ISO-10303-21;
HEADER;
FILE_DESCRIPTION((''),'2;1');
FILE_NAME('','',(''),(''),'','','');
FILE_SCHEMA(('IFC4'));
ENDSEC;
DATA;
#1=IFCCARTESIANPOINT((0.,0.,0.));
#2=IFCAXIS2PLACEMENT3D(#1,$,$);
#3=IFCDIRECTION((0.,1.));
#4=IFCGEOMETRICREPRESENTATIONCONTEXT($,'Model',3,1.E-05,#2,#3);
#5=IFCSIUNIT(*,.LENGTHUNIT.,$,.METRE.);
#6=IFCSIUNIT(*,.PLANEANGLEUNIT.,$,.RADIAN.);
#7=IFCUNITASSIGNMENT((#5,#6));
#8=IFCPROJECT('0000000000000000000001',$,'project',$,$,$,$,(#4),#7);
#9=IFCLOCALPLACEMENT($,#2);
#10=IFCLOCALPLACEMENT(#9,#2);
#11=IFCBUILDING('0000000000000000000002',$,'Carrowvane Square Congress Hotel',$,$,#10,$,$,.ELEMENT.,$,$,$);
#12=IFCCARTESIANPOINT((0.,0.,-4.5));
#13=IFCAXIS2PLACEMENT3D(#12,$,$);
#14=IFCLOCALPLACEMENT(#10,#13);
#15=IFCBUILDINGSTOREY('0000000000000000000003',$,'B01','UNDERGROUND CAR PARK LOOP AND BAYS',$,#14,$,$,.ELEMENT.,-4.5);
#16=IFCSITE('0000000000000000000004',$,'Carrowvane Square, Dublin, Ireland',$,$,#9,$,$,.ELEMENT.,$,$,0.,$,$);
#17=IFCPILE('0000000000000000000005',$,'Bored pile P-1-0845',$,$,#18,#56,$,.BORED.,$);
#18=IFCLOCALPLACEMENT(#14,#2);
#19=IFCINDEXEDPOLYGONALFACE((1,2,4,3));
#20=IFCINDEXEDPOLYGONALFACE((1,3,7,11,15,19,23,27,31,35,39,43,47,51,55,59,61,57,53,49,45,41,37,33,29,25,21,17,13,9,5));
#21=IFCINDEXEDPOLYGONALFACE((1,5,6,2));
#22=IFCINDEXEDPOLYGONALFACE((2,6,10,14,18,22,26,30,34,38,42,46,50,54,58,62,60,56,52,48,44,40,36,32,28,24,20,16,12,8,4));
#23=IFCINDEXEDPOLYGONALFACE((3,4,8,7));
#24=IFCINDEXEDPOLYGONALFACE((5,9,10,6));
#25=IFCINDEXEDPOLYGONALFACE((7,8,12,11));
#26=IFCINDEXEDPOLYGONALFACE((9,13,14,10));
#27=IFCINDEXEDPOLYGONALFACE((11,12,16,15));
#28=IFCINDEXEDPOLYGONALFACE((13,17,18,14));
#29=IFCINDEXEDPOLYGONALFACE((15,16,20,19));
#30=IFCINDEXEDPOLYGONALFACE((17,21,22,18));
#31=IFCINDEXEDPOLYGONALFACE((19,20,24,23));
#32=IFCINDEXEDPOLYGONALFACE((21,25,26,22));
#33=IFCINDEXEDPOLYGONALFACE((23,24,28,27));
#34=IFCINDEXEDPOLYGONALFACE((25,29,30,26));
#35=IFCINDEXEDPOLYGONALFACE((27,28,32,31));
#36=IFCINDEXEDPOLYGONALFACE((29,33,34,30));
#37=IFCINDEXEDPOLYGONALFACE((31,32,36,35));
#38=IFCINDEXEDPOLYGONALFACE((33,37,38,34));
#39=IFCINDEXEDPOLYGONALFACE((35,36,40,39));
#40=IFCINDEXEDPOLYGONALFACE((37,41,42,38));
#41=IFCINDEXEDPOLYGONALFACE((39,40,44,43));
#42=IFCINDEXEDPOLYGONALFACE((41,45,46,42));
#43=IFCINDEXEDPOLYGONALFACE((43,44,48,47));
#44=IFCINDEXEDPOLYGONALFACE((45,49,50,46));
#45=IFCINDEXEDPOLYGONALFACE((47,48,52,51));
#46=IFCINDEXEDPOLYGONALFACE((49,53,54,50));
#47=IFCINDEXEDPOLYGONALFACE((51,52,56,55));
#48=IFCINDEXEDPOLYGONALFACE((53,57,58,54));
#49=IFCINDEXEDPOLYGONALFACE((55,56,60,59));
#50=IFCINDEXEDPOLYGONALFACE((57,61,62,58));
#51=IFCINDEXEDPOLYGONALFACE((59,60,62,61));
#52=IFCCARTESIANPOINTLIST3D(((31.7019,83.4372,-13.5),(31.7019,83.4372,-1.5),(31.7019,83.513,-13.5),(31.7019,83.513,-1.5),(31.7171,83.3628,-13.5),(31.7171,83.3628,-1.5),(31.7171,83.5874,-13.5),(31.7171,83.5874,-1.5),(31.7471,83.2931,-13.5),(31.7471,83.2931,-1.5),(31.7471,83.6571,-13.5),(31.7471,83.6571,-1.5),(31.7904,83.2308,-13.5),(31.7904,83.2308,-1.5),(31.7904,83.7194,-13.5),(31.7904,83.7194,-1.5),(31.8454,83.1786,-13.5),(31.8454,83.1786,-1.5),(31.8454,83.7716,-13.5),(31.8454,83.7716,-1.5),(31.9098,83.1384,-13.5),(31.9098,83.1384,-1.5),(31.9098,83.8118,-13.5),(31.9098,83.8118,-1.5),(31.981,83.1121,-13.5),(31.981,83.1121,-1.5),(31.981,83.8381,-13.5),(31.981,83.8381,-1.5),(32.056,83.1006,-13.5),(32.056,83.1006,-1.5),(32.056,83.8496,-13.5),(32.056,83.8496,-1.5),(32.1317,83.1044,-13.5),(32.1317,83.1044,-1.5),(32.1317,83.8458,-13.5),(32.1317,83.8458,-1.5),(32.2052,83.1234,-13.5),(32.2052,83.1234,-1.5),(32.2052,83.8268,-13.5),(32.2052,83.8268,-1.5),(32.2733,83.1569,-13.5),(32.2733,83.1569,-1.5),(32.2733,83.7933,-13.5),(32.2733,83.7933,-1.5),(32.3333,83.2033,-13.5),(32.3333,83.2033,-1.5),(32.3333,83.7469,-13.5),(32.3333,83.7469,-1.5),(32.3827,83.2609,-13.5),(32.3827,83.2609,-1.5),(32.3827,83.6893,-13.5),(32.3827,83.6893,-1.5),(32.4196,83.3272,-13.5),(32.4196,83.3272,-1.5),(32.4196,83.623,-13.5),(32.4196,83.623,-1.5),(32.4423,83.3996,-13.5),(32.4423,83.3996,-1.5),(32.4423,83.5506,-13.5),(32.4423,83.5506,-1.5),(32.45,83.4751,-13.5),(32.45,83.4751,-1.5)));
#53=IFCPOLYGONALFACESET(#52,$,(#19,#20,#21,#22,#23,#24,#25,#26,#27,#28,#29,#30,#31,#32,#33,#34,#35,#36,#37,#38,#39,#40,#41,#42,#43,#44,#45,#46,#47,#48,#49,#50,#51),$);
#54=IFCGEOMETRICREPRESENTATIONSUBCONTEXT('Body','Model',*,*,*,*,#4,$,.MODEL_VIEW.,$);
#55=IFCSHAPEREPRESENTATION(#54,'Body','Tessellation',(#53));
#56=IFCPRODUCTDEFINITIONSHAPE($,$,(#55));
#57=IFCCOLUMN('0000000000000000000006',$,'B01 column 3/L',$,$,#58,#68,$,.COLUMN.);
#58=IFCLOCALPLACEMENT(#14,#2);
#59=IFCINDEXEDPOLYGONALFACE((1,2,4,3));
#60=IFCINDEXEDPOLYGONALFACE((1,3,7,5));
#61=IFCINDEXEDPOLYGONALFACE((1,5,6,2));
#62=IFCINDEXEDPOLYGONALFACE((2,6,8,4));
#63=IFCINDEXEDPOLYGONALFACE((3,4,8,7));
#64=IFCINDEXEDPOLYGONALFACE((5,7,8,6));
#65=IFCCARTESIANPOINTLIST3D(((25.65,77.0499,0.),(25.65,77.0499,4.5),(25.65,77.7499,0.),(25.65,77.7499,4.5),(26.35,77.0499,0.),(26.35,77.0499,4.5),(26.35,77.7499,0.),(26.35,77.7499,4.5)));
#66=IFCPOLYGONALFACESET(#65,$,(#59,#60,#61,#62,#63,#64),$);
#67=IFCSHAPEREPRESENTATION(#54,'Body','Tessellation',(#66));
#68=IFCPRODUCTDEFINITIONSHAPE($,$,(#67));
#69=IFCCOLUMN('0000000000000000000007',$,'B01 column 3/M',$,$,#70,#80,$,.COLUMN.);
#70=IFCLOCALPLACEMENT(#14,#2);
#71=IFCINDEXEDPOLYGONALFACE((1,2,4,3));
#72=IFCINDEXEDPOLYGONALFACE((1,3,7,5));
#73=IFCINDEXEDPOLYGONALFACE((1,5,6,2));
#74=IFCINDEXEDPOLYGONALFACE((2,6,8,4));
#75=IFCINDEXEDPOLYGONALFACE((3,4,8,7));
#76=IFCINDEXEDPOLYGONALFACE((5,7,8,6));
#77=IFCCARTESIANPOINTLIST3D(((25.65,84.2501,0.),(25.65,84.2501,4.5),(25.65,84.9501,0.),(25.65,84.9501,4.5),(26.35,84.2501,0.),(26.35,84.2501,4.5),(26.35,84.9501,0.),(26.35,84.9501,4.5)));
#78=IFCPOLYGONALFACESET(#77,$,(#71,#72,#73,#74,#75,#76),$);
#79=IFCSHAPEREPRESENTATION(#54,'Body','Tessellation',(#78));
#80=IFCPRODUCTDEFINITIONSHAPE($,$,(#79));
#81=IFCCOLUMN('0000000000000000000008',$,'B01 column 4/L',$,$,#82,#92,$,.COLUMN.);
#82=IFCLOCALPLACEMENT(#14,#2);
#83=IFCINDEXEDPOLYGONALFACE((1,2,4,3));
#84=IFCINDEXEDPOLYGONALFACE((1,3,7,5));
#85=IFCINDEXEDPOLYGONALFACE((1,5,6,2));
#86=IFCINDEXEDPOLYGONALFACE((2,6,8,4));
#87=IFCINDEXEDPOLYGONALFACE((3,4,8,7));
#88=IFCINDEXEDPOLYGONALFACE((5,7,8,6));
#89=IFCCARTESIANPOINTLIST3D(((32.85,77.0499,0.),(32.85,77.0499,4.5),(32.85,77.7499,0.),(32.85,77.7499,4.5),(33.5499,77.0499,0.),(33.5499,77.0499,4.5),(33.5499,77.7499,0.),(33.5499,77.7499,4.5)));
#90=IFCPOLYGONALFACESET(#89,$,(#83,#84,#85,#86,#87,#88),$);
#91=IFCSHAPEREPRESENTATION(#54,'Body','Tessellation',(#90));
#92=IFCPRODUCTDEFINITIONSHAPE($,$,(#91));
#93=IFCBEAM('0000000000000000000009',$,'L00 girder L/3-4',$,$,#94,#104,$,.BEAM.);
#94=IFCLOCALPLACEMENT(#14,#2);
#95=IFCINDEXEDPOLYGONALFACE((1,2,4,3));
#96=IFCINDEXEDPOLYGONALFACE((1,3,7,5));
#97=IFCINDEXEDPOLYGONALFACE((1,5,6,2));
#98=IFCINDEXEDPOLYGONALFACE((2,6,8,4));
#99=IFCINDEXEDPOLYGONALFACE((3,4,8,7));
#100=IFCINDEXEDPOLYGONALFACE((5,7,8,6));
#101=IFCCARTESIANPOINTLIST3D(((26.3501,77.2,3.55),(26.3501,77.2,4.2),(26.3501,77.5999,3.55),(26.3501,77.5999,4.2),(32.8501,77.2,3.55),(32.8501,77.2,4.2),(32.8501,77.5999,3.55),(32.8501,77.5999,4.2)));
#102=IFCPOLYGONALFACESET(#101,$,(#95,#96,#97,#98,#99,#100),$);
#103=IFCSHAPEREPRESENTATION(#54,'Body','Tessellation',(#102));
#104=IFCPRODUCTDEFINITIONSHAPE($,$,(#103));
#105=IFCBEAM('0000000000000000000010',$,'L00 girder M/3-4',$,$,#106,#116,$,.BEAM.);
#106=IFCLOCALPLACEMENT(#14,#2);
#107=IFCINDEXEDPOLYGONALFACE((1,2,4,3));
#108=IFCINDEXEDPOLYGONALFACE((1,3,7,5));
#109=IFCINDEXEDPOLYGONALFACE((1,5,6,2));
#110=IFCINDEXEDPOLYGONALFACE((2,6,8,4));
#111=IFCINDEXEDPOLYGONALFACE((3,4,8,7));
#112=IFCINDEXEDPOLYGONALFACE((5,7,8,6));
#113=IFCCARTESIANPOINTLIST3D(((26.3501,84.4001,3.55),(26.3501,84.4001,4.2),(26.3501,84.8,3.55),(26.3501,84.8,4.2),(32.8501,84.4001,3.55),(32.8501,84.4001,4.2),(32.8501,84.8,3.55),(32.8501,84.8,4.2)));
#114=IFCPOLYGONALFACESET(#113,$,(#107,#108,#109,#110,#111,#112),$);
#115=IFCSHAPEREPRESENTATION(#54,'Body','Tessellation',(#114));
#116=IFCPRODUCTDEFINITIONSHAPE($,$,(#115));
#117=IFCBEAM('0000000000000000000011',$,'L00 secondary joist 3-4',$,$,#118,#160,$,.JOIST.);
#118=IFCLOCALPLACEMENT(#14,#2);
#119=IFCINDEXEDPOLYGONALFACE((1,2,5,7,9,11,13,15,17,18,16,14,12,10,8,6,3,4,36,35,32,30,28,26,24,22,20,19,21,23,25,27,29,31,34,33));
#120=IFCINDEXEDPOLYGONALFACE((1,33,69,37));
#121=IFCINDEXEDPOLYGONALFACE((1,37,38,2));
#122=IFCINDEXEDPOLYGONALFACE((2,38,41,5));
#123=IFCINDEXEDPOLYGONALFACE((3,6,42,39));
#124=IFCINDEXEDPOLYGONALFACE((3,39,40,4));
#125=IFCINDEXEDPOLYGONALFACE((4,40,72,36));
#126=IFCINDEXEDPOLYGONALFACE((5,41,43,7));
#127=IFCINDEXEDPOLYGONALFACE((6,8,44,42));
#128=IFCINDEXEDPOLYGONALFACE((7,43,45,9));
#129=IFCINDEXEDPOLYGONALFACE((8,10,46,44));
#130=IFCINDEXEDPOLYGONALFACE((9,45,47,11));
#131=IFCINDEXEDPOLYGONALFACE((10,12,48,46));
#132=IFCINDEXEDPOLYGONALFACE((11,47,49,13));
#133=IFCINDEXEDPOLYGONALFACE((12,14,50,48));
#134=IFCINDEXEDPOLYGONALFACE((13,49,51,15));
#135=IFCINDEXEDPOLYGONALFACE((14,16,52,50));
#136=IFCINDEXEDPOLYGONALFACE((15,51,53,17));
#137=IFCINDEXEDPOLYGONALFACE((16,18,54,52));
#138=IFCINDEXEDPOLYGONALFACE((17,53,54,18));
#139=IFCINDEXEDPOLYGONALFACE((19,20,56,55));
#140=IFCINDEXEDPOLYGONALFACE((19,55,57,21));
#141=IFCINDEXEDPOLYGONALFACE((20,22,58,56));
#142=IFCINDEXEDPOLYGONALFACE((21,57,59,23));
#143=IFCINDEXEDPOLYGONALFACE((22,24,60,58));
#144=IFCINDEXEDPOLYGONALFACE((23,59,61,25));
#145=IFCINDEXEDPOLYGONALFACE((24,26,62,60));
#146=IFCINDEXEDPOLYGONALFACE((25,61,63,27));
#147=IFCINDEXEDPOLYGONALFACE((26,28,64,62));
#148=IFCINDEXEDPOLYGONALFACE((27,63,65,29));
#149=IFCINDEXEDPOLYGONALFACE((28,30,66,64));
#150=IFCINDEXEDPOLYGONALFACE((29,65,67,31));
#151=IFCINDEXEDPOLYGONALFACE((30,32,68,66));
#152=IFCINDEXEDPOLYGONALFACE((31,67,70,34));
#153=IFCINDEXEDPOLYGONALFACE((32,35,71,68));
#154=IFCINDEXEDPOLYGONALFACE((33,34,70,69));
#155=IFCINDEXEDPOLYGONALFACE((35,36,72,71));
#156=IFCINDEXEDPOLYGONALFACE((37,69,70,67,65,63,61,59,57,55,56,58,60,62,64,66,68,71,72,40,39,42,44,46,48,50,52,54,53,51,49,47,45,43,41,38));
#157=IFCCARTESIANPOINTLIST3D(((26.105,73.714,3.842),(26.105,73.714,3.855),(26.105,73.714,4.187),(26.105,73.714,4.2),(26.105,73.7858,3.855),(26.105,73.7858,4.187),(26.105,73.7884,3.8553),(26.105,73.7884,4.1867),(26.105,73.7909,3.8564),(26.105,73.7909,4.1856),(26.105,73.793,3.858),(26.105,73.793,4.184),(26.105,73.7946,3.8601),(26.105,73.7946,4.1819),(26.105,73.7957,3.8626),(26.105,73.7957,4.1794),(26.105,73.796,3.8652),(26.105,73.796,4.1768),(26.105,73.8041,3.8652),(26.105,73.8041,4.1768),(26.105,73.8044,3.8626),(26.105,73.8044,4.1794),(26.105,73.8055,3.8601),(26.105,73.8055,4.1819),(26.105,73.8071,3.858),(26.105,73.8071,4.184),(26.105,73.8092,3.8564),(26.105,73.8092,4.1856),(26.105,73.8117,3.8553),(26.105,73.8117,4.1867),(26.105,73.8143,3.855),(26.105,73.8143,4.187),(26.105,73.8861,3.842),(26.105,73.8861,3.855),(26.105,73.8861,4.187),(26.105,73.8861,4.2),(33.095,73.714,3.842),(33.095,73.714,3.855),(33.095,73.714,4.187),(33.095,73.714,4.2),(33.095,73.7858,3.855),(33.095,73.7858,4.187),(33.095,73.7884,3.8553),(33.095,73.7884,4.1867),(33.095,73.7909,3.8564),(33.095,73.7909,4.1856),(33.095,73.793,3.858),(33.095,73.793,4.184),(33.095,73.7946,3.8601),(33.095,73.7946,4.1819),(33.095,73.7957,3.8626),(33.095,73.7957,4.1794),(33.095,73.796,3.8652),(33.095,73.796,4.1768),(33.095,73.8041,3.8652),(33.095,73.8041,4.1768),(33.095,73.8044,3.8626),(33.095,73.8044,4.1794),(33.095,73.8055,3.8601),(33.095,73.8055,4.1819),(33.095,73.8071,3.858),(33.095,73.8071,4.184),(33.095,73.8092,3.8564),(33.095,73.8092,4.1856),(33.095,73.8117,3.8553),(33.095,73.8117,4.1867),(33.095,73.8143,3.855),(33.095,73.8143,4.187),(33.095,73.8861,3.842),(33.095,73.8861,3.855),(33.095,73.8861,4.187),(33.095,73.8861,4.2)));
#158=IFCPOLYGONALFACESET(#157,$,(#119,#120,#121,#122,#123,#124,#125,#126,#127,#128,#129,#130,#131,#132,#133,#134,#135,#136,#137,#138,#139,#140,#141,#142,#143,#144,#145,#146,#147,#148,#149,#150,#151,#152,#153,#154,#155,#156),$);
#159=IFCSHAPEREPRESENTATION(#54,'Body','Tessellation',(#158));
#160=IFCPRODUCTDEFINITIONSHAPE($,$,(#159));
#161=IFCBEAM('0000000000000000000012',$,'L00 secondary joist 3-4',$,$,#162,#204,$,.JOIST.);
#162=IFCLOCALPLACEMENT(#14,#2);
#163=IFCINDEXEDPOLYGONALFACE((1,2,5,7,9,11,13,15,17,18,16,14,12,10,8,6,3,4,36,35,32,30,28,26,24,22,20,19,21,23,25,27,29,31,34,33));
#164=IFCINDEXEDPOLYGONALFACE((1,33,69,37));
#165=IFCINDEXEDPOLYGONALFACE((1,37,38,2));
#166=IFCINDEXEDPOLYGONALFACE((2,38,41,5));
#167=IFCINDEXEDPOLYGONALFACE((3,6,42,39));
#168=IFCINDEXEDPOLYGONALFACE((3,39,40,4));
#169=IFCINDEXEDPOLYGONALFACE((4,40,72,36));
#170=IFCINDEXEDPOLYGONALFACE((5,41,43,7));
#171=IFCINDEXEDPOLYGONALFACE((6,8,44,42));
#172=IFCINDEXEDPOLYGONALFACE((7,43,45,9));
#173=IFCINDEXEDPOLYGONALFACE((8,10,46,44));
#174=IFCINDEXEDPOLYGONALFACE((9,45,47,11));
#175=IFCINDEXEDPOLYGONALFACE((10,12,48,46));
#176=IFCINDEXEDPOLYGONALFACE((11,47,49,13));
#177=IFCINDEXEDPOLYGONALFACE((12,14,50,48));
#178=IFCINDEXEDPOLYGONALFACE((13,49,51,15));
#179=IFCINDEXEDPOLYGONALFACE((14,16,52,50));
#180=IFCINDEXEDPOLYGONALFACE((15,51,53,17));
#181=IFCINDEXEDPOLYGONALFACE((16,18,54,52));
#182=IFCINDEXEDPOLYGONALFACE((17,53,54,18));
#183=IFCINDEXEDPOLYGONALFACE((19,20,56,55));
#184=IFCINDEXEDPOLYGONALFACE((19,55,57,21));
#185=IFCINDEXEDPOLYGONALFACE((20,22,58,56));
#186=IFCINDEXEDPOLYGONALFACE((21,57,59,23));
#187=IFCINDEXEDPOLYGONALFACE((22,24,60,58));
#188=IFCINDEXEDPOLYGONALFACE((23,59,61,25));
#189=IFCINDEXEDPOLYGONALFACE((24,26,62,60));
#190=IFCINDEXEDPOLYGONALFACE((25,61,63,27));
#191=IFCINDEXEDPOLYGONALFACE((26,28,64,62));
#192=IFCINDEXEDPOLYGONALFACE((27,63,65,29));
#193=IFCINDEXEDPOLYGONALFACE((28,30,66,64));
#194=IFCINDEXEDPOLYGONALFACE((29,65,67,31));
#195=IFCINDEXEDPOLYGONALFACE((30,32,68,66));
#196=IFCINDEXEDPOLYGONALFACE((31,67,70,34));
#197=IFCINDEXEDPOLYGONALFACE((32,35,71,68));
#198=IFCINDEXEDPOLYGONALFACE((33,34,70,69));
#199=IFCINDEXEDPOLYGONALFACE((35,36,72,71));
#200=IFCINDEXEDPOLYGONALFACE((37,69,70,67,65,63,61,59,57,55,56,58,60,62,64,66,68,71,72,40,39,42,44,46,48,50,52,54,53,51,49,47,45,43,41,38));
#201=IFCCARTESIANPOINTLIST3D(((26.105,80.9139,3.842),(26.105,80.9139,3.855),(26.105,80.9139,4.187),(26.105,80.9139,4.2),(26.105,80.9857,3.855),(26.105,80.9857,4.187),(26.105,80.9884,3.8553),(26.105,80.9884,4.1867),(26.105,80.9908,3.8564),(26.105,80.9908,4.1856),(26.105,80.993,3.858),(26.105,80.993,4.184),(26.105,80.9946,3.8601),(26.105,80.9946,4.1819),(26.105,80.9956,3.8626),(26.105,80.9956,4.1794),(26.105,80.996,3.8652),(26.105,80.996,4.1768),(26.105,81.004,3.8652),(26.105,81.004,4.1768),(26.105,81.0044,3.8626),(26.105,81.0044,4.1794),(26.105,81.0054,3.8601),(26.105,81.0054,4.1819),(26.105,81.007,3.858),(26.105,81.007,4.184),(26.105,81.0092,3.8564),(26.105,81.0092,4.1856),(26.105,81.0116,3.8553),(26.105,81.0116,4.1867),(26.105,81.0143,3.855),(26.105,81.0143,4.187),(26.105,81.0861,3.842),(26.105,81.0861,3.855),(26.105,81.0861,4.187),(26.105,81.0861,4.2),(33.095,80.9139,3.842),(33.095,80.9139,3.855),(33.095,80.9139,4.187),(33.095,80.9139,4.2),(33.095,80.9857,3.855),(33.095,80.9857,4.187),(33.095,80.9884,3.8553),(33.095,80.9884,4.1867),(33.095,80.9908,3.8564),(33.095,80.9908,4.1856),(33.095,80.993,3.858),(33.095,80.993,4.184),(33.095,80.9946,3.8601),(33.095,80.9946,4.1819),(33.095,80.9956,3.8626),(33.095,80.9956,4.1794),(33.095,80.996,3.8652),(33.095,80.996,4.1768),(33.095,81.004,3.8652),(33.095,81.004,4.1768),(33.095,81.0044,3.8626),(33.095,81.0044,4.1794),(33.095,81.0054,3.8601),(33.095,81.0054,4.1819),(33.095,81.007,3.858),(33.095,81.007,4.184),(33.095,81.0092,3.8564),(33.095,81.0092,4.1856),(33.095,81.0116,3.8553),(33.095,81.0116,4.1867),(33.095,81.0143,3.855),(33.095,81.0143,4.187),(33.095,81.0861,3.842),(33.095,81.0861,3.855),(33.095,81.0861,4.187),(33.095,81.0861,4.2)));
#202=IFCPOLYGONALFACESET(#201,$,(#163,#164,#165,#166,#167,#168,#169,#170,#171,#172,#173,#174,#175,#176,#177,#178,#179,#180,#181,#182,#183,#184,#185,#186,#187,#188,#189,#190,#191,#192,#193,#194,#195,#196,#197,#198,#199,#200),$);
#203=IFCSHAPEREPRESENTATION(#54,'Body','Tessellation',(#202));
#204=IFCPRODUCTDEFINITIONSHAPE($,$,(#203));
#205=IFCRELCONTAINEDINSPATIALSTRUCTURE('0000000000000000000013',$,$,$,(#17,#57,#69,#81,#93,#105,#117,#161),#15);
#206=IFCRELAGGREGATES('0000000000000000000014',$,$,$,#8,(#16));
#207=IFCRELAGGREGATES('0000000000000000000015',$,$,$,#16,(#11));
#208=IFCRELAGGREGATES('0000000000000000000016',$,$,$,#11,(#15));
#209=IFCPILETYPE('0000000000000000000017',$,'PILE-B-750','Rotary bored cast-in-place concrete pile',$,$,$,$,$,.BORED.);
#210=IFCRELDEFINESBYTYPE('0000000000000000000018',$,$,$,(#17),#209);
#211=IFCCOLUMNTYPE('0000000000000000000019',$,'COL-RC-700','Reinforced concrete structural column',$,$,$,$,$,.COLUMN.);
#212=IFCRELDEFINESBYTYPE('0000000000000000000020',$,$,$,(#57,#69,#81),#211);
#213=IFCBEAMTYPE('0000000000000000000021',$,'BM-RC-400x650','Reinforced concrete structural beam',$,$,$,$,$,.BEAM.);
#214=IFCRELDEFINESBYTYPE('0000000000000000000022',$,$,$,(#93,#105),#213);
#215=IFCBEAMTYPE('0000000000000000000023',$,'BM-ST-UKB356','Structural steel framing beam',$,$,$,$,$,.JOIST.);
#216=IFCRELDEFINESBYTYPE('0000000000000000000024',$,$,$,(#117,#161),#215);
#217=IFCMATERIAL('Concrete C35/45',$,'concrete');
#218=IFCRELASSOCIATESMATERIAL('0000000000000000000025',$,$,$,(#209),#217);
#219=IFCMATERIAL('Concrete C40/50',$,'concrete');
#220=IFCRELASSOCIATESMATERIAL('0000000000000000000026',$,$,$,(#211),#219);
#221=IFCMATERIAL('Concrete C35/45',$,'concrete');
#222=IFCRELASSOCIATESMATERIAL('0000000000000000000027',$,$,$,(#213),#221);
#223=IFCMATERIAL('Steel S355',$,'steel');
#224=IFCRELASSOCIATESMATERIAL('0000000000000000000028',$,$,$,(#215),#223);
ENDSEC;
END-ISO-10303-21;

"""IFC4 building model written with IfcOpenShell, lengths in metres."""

from ifc_helpers import new_model, si_unit, direction, frame, origin, origin_2d, place, context, subcontext, project, spatial, rectangle, circle, i_section, extrude, material, material_profile, profile_set, type_object, element, save


model = new_model("IFC4")

# Units and contexts
model_context = context("Model", 3, precision=1e-05, world=origin(), true_north=direction((0.0, 1.0)))
body_context = subcontext(model_context, "Body", "Model", "MODEL_VIEW")
ifc_project = project(units=[si_unit("LENGTHUNIT", "METRE"), si_unit("PLANEANGLEUNIT", "RADIAN")], contexts=[model_context])

# Site, building, storey
site_placement = place(None, origin())
site = spatial("IfcSite", under=ifc_project, at=site_placement, Name="Carrowvane Square, Dublin, Ireland", CompositionType="ELEMENT", RefElevation=0.0)
building_placement = place(site_placement, origin())
building = spatial("IfcBuilding", under=site, at=building_placement, Name="Carrowvane Square Congress Hotel", CompositionType="ELEMENT")
storey_placement = place(building_placement, frame((0.0, 0.0, -4.5)))
storey = spatial("IfcBuildingStorey", under=building, at=storey_placement, Name="B01", Description="UNDERGROUND CAR PARK LOOP AND BAYS", CompositionType="ELEMENT", Elevation=-4.5)

# Pile
ifc_material_1 = material(Name="Concrete C35/45", Category="concrete")
ifc_material_profile_1 = material_profile(ifc_material_1, circle(Radius=0.375, at=origin_2d()), Name="PILE D750")
ifc_profile_set_1 = profile_set([ifc_material_profile_1], Name="Concrete C35/45")
pile_type = type_object("IfcPileType", Name="PILE-B-750", Description="Rotary bored cast-in-place concrete pile", PredefinedType="BORED", material=ifc_profile_set_1)
for number, where, z_axis, x_axis, name in (
    (1, (32.075, 83.4751, -1.5), (0.0, 0.0, -1.0), (1.0, 0.0, 0.0), "Bored pile P-1-0845"),
):
    element("IfcPile", number, at=place(storey_placement, frame(where, z_axis=z_axis, x_axis=x_axis)), inside=storey, type_object=pile_type, Name=name, PredefinedType="BORED", context=body_context, shape_type="SweptSolid", body=[
        extrude(circle(Radius=0.375, at=origin_2d()), origin(), (0.0, 0.0, 1.0), 12.0),
    ])

# Columns
ifc_material_2 = material(Name="Concrete C40/50", Category="concrete")
ifc_material_profile_2 = material_profile(ifc_material_2, rectangle(XDim=0.7, YDim=0.7, at=origin_2d()), Name="RC 700x700")
ifc_profile_set_2 = profile_set([ifc_material_profile_2], Name="Concrete C40/50")
column_type = type_object("IfcColumnType", Name="COL-RC-700", Description="Reinforced concrete structural column", PredefinedType="COLUMN", material=ifc_profile_set_2)
for number, where, z_axis, x_axis, name in (
    (2, (26.0, 77.3999, 0.0), (0.0, 0.0, 1.0), (1.0, 0.0, 0.0), "B01 column 3/L"),
    (3, (26.0, 84.6001, 0.0), (0.0, 0.0, 1.0), (1.0, 0.0, 0.0), "B01 column 3/M"),
    (4, (33.2, 77.3999, 0.0), (0.0, 0.0, 1.0), (1.0, 0.0, 0.0), "B01 column 4/L"),
):
    element("IfcColumn", number, at=place(storey_placement, frame(where, z_axis=z_axis, x_axis=x_axis)), inside=storey, type_object=column_type, Name=name, PredefinedType="COLUMN", context=body_context, shape_type="SweptSolid", body=[
        extrude(rectangle(XDim=0.7, YDim=0.7, at=origin_2d()), origin(), (0.0, 0.0, 1.0), 4.5),
    ])

# Beams
ifc_material_3 = material(Name="Concrete C35/45", Category="concrete")
ifc_material_profile_3 = material_profile(ifc_material_3, rectangle(XDim=0.3999, YDim=0.6499, at=origin_2d()), Name="RC 400x650")
ifc_profile_set_3 = profile_set([ifc_material_profile_3], Name="Concrete C35/45")
beam_type_1 = type_object("IfcBeamType", Name="BM-RC-400x650", Description="Reinforced concrete structural beam", PredefinedType="BEAM", material=ifc_profile_set_3)
for number, where, z_axis, x_axis, name in (
    (5, (26.3501, 77.3999, 3.875), (1.0, 0.0, 0.0), (0.0, 1.0, 0.0), "L00 girder L/3-4"),
    (6, (26.3501, 84.6001, 3.875), (1.0, 0.0, 0.0), (0.0, 1.0, 0.0), "L00 girder M/3-4"),
):
    element("IfcBeam", number, at=place(storey_placement, frame(where, z_axis=z_axis, x_axis=x_axis)), inside=storey, type_object=beam_type_1, Name=name, PredefinedType="BEAM", context=body_context, shape_type="SweptSolid", body=[
        extrude(rectangle(XDim=0.3999, YDim=0.6499, at=origin_2d()), origin(), (0.0, 0.0, 1.0), 6.5),
    ])
ifc_material_4 = material(Name="Steel S355", Category="steel")
ifc_material_profile_4 = material_profile(ifc_material_4, i_section(OverallWidth=0.1721, OverallDepth=0.3579, WebThickness=0.0081, FlangeThickness=0.0129, FilletRadius=0.0103, at=origin_2d()), Name="UKB 356x171x57")
ifc_profile_set_4 = profile_set([ifc_material_profile_4], Name="Steel S355")
beam_type_2 = type_object("IfcBeamType", Name="BM-ST-UKB356", Description="Structural steel framing beam", PredefinedType="JOIST", material=ifc_profile_set_4)
for number, where, z_axis, x_axis, name in (
    (7, (26.105, 73.8, 4.021), (1.0, 0.0, 0.0), (0.0, 1.0, 0.0), "L00 secondary joist 3-4"),
    (8, (26.105, 81.0, 4.021), (1.0, 0.0, 0.0), (0.0, 1.0, 0.0), "L00 secondary joist 3-4"),
):
    element("IfcBeam", number, at=place(storey_placement, frame(where, z_axis=z_axis, x_axis=x_axis)), inside=storey, type_object=beam_type_2, Name=name, PredefinedType="JOIST", context=body_context, shape_type="SweptSolid", body=[
        extrude(i_section(OverallWidth=0.1721, OverallDepth=0.3579, WebThickness=0.0081, FlangeThickness=0.0129, FilletRadius=0.0103, at=origin_2d()), origin(), (0.0, 0.0, 1.0), 6.99),
    ])

save(model, "model.ifc")
